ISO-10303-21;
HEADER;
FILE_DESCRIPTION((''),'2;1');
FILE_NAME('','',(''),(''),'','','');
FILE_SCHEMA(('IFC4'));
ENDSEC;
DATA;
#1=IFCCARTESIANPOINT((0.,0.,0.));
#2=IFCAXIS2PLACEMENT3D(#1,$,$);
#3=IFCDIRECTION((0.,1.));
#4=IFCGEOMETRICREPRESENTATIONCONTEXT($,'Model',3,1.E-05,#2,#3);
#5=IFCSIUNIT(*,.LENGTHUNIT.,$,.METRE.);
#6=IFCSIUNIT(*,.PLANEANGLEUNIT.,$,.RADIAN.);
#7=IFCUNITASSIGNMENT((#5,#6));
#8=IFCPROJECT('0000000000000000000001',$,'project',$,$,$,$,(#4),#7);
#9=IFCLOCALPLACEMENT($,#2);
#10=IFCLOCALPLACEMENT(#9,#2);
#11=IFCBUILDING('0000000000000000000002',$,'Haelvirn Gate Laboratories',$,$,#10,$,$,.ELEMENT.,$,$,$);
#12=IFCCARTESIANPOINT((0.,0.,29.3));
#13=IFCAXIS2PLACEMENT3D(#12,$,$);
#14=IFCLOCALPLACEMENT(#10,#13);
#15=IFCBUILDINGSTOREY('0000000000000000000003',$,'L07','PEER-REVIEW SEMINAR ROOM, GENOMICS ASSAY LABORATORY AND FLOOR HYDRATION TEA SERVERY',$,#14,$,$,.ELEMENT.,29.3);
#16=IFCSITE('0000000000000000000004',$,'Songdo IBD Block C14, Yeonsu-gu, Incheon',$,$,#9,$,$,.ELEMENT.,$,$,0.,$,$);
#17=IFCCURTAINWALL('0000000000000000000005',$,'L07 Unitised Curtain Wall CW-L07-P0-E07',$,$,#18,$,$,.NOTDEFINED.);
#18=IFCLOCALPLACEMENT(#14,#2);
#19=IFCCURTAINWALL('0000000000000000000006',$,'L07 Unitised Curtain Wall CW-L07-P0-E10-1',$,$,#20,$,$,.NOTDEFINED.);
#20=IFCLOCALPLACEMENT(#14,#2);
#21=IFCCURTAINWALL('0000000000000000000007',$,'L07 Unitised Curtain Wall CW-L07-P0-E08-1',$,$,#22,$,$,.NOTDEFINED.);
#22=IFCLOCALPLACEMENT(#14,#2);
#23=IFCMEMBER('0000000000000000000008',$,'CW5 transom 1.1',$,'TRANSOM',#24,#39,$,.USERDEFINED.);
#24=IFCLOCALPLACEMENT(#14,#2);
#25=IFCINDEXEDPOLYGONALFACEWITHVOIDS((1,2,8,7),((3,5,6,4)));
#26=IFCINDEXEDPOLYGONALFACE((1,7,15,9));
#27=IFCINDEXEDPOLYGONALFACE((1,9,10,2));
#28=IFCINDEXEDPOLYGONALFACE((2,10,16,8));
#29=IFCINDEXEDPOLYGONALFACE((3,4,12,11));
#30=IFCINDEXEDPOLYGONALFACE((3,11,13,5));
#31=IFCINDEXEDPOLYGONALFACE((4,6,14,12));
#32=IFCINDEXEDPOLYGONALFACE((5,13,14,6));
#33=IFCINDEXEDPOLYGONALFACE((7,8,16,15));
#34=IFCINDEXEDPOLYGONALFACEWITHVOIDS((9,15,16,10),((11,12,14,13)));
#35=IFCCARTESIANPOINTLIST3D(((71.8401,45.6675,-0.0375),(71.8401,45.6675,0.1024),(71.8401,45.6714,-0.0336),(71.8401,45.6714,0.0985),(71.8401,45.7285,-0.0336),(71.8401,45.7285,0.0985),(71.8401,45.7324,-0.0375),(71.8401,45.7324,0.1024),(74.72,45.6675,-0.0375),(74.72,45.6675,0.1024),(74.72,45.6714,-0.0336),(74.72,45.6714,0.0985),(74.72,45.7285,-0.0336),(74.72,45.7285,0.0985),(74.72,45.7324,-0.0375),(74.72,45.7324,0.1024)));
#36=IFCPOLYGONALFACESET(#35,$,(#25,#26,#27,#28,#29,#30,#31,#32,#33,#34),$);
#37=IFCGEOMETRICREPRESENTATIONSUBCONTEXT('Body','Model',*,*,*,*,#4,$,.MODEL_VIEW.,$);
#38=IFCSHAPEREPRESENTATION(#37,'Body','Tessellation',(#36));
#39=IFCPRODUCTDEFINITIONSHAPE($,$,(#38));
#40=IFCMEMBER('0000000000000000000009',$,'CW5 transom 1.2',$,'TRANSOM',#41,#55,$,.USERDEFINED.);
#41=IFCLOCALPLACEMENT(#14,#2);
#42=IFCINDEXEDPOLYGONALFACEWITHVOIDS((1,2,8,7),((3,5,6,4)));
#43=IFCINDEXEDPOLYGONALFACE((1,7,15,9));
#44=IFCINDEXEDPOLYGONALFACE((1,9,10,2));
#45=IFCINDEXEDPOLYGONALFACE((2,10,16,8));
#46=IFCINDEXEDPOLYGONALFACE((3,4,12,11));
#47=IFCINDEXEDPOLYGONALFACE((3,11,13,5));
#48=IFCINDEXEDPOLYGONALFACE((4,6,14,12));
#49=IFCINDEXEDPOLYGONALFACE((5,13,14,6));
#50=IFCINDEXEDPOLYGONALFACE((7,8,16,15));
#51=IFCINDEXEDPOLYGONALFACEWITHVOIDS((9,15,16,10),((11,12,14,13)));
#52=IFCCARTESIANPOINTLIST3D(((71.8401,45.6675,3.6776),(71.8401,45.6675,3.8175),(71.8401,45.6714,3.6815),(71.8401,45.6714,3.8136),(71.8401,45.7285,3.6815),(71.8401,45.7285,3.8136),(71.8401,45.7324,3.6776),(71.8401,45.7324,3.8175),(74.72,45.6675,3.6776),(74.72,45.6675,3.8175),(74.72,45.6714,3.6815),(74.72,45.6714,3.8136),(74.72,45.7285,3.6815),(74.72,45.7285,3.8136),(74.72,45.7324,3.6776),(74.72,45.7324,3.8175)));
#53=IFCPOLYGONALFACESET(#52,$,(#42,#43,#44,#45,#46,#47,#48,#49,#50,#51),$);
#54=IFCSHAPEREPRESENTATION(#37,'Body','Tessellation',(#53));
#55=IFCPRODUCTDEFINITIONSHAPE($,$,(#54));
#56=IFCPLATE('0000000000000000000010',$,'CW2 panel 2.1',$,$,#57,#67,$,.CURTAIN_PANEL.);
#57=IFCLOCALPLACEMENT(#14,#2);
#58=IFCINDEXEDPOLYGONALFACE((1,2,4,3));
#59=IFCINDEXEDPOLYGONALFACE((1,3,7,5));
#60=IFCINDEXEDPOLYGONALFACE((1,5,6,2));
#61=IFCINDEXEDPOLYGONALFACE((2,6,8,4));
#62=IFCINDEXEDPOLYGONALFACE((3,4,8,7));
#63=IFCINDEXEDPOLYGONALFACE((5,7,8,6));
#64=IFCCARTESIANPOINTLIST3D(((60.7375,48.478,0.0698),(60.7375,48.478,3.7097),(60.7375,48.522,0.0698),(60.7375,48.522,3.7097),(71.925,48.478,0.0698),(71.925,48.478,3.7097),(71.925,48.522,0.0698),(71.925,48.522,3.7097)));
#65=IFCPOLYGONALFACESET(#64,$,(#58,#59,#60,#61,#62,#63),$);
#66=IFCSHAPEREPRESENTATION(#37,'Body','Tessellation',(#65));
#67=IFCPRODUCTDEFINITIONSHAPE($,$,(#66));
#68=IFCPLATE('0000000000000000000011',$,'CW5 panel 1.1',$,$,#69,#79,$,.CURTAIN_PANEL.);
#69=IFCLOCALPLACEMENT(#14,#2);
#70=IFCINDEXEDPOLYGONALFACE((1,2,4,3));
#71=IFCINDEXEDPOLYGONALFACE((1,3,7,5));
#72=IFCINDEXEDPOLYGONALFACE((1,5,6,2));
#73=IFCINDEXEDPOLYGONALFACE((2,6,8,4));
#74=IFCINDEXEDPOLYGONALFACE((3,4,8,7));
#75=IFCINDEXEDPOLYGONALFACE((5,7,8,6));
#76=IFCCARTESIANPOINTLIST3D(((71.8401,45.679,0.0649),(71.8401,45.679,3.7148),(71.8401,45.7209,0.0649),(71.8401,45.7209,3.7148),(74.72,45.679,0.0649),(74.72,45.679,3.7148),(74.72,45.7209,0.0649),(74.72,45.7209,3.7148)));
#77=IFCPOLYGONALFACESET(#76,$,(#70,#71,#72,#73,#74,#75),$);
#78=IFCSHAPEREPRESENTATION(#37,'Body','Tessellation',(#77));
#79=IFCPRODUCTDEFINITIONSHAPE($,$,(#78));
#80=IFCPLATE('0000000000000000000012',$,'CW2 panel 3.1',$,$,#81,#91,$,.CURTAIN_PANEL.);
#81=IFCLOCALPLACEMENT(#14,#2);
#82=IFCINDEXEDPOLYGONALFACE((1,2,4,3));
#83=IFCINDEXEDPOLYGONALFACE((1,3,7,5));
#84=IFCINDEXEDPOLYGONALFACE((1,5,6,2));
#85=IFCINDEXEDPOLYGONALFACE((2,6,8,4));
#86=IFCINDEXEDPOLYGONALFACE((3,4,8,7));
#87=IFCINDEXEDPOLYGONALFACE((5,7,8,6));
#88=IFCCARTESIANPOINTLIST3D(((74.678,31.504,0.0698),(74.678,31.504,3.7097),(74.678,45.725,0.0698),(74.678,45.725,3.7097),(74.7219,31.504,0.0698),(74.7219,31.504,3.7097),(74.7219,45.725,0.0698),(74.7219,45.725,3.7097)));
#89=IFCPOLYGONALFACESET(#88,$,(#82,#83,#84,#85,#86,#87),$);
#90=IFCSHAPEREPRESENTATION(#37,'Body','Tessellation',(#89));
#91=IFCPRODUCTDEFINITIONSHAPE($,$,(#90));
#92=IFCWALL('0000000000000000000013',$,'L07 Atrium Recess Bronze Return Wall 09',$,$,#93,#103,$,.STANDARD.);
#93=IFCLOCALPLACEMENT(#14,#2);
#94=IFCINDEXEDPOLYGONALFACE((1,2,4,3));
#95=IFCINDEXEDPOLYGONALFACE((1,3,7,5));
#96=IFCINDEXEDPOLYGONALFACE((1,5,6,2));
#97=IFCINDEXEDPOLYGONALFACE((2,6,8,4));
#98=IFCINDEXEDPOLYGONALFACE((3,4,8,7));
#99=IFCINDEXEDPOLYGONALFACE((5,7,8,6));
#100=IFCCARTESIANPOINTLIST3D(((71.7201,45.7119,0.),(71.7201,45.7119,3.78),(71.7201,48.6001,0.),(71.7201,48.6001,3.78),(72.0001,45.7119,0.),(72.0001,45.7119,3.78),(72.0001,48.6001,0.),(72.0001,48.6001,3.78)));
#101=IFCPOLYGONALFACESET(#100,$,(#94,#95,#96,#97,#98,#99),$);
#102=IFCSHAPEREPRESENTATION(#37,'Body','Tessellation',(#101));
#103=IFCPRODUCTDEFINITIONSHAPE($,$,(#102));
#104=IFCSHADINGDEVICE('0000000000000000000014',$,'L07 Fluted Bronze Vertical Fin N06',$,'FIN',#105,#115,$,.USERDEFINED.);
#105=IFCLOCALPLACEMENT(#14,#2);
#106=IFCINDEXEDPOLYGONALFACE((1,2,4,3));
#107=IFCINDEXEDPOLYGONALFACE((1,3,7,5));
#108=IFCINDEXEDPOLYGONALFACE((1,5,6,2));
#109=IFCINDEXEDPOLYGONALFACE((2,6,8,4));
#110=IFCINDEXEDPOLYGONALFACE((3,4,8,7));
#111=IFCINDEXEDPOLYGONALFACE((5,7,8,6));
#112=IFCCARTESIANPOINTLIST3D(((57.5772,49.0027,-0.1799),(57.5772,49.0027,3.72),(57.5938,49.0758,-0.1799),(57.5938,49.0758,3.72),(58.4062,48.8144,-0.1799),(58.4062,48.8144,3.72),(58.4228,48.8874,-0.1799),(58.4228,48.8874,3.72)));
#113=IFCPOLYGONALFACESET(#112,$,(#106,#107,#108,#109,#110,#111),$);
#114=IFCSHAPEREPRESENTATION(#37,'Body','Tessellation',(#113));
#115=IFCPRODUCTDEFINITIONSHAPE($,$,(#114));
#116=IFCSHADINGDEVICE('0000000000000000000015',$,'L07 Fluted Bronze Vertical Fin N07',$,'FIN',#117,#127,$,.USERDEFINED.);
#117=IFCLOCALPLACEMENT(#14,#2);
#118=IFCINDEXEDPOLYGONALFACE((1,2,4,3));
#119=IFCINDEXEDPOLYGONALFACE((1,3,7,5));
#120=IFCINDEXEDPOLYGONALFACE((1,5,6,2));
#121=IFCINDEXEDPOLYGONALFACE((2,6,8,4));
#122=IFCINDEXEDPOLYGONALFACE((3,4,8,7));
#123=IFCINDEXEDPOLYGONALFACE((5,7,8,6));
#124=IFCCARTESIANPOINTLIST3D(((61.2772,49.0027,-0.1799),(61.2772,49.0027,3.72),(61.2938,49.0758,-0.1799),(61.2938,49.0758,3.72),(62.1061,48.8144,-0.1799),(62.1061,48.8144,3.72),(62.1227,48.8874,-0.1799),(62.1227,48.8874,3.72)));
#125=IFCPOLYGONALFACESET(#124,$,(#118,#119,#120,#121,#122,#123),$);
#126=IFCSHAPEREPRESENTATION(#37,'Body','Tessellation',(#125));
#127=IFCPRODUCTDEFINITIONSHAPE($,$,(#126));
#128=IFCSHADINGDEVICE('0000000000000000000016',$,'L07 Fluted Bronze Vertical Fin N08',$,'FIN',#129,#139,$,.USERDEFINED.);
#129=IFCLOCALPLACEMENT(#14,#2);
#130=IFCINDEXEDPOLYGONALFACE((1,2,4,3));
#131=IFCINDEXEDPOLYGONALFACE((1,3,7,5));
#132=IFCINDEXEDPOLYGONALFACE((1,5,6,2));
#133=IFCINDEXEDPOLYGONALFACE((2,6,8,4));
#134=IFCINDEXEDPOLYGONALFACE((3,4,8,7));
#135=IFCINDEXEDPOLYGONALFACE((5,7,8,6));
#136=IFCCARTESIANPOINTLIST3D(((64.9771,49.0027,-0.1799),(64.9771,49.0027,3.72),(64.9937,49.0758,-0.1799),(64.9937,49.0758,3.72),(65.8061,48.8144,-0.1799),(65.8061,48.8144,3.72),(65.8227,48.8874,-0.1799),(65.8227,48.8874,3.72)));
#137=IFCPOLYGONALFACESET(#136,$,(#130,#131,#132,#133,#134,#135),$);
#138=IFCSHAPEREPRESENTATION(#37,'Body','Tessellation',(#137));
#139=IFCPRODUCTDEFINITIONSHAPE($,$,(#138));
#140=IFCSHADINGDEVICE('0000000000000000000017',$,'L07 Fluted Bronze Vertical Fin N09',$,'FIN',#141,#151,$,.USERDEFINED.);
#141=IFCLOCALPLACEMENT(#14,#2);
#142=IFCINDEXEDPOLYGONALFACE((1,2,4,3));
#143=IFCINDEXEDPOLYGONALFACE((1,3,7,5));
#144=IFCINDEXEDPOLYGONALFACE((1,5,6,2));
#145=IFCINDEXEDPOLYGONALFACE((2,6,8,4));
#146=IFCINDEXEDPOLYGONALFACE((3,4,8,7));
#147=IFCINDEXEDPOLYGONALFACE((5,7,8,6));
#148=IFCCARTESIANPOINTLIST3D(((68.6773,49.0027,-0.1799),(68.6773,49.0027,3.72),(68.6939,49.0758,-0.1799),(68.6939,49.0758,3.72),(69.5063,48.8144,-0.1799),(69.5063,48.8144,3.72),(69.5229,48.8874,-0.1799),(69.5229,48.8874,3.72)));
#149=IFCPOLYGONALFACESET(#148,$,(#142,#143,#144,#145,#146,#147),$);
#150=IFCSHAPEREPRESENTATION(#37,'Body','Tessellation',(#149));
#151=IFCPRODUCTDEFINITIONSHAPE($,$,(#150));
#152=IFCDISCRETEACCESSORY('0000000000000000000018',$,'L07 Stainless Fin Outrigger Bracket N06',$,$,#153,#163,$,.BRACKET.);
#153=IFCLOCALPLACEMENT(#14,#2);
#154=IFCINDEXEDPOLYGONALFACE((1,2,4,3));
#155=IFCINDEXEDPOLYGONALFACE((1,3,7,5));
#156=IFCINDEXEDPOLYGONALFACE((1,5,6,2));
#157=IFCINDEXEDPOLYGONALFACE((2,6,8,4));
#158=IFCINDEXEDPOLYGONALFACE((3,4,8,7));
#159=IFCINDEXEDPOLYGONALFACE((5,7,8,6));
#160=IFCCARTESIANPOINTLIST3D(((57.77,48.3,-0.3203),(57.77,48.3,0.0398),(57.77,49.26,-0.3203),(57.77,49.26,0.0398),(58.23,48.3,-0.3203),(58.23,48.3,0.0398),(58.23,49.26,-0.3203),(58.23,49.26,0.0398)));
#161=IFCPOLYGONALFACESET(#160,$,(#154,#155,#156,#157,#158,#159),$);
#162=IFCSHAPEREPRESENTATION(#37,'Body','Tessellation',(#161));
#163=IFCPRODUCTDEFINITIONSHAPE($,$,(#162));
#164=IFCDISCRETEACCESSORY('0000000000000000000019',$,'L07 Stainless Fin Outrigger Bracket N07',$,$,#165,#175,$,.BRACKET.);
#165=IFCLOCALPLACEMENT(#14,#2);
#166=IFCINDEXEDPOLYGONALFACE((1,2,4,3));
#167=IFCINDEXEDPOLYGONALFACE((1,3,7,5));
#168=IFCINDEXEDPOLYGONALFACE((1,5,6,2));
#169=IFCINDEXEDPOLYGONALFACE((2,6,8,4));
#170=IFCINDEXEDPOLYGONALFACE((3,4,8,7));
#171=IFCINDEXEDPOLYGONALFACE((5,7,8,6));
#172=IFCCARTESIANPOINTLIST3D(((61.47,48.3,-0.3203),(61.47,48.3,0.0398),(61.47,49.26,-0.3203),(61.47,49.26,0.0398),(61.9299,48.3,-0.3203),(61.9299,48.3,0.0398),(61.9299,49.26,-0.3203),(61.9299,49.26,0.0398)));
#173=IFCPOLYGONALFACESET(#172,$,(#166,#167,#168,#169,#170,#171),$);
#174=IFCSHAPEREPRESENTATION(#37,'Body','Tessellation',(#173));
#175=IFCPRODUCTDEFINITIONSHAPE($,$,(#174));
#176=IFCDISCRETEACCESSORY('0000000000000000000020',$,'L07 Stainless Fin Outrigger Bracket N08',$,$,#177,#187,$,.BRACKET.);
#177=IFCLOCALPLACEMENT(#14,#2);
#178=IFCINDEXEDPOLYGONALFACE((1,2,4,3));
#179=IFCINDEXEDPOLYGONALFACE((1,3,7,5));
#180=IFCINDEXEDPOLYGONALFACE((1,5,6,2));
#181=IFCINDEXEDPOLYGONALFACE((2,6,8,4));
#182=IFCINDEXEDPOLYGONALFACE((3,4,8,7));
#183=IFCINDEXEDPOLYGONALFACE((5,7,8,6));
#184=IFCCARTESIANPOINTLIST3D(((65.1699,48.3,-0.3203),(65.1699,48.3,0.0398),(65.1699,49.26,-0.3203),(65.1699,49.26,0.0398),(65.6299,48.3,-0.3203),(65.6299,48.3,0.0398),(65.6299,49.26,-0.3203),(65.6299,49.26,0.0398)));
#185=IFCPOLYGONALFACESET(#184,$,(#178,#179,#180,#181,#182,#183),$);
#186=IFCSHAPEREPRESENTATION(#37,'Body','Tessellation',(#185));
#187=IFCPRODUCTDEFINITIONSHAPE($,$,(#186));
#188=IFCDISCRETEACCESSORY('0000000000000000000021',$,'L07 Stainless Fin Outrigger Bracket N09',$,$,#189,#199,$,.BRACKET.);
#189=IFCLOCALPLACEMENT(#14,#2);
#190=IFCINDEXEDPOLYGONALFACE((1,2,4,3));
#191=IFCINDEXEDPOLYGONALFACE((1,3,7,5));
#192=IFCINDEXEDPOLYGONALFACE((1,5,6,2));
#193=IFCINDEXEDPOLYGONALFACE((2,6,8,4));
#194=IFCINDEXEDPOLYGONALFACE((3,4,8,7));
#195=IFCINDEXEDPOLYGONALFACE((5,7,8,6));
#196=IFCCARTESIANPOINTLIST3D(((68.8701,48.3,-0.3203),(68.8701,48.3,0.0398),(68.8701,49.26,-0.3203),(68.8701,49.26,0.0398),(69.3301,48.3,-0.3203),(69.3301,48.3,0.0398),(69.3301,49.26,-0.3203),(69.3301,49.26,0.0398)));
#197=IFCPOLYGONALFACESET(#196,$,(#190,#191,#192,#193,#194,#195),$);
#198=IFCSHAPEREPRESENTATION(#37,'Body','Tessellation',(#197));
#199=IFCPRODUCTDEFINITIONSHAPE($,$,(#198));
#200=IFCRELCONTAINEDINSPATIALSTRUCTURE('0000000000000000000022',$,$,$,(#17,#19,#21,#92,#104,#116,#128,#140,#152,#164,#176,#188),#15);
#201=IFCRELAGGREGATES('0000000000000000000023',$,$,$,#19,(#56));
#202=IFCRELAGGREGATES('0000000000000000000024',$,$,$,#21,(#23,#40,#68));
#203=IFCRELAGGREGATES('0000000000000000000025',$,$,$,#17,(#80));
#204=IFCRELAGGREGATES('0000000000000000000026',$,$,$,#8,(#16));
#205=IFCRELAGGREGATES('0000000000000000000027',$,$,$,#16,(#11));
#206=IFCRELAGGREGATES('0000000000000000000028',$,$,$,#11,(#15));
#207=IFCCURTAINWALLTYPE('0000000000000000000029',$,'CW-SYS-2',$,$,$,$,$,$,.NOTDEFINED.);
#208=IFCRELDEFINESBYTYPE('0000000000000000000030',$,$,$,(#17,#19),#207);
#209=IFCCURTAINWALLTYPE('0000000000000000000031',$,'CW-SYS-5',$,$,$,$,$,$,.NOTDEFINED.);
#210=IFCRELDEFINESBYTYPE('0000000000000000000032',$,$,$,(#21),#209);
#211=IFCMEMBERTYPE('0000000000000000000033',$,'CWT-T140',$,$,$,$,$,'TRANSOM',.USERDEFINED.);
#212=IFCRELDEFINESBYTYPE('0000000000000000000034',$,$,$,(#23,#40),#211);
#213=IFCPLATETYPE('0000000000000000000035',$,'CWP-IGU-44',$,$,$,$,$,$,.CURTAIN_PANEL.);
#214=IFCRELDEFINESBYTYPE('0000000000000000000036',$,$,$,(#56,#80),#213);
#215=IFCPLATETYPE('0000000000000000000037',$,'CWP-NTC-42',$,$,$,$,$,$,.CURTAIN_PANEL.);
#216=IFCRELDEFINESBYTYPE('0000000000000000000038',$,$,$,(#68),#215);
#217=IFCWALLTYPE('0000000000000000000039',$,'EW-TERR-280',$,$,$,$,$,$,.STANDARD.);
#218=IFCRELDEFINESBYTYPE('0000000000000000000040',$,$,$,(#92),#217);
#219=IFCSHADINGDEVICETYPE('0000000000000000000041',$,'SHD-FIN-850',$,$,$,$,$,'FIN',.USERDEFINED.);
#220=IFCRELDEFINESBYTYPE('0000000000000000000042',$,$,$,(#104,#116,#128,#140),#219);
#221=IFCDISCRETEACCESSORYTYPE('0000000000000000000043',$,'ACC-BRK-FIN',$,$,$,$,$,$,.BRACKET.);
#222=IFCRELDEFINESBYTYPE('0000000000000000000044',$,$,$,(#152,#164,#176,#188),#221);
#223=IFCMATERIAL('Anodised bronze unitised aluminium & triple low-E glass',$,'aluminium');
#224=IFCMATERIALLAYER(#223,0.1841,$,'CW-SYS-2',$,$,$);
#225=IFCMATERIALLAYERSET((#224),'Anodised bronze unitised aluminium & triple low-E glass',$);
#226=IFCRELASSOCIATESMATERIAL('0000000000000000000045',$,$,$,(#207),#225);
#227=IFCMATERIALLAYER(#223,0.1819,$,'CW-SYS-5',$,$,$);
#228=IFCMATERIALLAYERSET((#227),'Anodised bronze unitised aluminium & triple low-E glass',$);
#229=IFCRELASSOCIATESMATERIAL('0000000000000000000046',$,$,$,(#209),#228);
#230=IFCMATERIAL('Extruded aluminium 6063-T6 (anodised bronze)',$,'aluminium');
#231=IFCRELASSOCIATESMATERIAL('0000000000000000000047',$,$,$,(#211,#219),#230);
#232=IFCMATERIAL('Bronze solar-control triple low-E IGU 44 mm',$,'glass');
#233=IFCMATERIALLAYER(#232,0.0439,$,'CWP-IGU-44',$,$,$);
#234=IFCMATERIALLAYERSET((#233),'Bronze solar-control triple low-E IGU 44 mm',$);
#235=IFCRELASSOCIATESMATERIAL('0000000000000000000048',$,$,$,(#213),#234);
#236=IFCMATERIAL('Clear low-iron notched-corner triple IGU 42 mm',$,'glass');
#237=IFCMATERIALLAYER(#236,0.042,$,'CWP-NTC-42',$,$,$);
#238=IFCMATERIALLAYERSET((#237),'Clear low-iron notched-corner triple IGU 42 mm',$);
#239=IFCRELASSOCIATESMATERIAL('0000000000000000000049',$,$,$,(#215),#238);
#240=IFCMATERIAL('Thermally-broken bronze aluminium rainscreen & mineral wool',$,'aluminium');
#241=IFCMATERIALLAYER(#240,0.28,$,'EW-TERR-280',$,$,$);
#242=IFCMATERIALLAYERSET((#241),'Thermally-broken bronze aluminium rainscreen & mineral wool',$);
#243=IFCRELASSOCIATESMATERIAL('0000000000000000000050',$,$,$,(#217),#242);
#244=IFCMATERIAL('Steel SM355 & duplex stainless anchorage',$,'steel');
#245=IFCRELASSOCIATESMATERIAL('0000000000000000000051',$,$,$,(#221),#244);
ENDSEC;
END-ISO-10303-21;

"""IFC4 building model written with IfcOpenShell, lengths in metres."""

from ifc_helpers import new_model, si_unit, direction, frame, frame_2d, origin, origin_2d, place, context, subcontext, project, spatial, rectangle, hollow_rectangle, extrude, source, transform, mapped, material, layer, layer_set, material_profile, profile_set, type_object, type_shapes, element, aggregate, save


model = new_model("IFC4")

# Units and contexts
model_context = context("Model", 3, precision=1e-05, world=origin(), true_north=direction((0.0, 1.0)))
body_context = subcontext(model_context, "Body", "Model", "MODEL_VIEW")
ifc_project = project(units=[si_unit("LENGTHUNIT", "METRE"), si_unit("PLANEANGLEUNIT", "RADIAN")], contexts=[model_context])

# Site, building, storey
site_placement = place(None, origin())
site = spatial("IfcSite", under=ifc_project, at=site_placement, Name="Songdo IBD Block C14, Yeonsu-gu, Incheon", CompositionType="ELEMENT", RefElevation=0.0)
building_placement = place(site_placement, origin())
building = spatial("IfcBuilding", under=site, at=building_placement, Name="Haelvirn Gate Laboratories", CompositionType="ELEMENT")
storey_placement = place(building_placement, frame((0.0, 0.0, 29.3)))
storey = spatial("IfcBuildingStorey", under=building, at=storey_placement, Name="L07", Description="PEER-REVIEW SEMINAR ROOM, GENOMICS ASSAY LABORATORY AND FLOOR HYDRATION TEA SERVERY", CompositionType="ELEMENT", Elevation=29.3)

# Curtain wall
ifc_material_1 = material(Name="Anodised bronze unitised aluminium & triple low-E glass", Category="aluminium")
ifc_layer_1 = layer(ifc_material_1, 0.1841, Name="CW-SYS-2")
ifc_layer_set_1 = layer_set([ifc_layer_1], Name="Anodised bronze unitised aluminium & triple low-E glass")
curtain_wall_type_1 = type_object("IfcCurtainWallType", Name="CW-SYS-2", PredefinedType="NOTDEFINED", material=ifc_layer_set_1)
curtain_wall_1_placement = place(storey_placement, origin())
curtain_wall_1 = element("IfcCurtainWall", 1, at=curtain_wall_1_placement, inside=storey, type_object=curtain_wall_type_1, Name="L07 Unitised Curtain Wall CW-L07-P0-E07", PredefinedType="NOTDEFINED")
ifc_material_2 = material(Name="Extruded aluminium 6063-T6 (anodised bronze)", Category="aluminium")

# Curtain walls, members
curtain_wall_2_placement = place(storey_placement, origin())
curtain_wall_2 = element("IfcCurtainWall", 2, at=curtain_wall_2_placement, inside=storey, type_object=curtain_wall_type_1, Name="L07 Unitised Curtain Wall CW-L07-P0-E10-1", PredefinedType="NOTDEFINED")
ifc_layer_2 = layer(ifc_material_1, 0.1819, Name="CW-SYS-5")
ifc_layer_set_2 = layer_set([ifc_layer_2], Name="Anodised bronze unitised aluminium & triple low-E glass")
curtain_wall_type_2 = type_object("IfcCurtainWallType", Name="CW-SYS-5", PredefinedType="NOTDEFINED", material=ifc_layer_set_2)
curtain_wall_3_placement = place(storey_placement, origin())
curtain_wall_3 = element("IfcCurtainWall", 3, at=curtain_wall_3_placement, inside=storey, type_object=curtain_wall_type_2, Name="L07 Unitised Curtain Wall CW-L07-P0-E08-1", PredefinedType="NOTDEFINED")
ifc_material_profile_1 = material_profile(ifc_material_2, hollow_rectangle(XDim=0.0649, YDim=0.1399, WallThickness=0.0039, at=origin_2d()), Name="CWT-140x65x4")
ifc_profile_set_1 = profile_set([ifc_material_profile_1], Name="Extruded aluminium 6063-T6 (anodised bronze)")
member_type_1 = type_object("IfcMemberType", Name="CWT-T140", ElementType="TRANSOM", PredefinedType="USERDEFINED", material=ifc_profile_set_1)
shared_shape_1 = source(origin(), body_context, "Body", "SweptSolid", [
    extrude(hollow_rectangle(XDim=0.0649, YDim=0.1399, WallThickness=0.0039, at=origin_2d()), origin(), (0.0, 0.0, 1.0), 2.8799),
])
type_shapes(member_type_1, [shared_shape_1])
member_1_placement = place(storey_placement, frame((71.8401, 45.7, 0.0325), z_axis=(1.0, 0.0, 0.0), x_axis=(0.0, 1.0, 0.0)))
member_1 = element("IfcMember", 4, at=member_1_placement, type_object=member_type_1, Name="CW5 transom 1.1", ObjectType="TRANSOM", PredefinedType="USERDEFINED", context=body_context, shape_type="MappedRepresentation", body=[
    mapped(shared_shape_1, transform((0.0, 0.0, 0.0), scale=1.0)),
])
member_2_placement = place(storey_placement, frame((71.8401, 45.7, 3.7476), z_axis=(1.0, 0.0, 0.0), x_axis=(0.0, 1.0, 0.0)))
member_2 = element("IfcMember", 5, at=member_2_placement, type_object=member_type_1, Name="CW5 transom 1.2", ObjectType="TRANSOM", PredefinedType="USERDEFINED", context=body_context, shape_type="MappedRepresentation", body=[
    mapped(shared_shape_1, transform((0.0, 0.0, 0.0), scale=1.0)),
])

# Plates
ifc_material_3 = material(Name="Bronze solar-control triple low-E IGU 44 mm", Category="glass")
ifc_layer_3 = layer(ifc_material_3, 0.0439, Name="CWP-IGU-44")
ifc_layer_set_3 = layer_set([ifc_layer_3], Name="Bronze solar-control triple low-E IGU 44 mm")
plate_type_1 = type_object("IfcPlateType", Name="CWP-IGU-44", PredefinedType="CURTAIN_PANEL", material=ifc_layer_set_3)
shared_shape_2 = source(origin(), body_context, "Body", "SweptSolid", [
    extrude(rectangle(XDim=11.1875, YDim=0.0439, at=origin_2d()), origin(), (0.0, 0.0, 1.0), 3.6399),
])
plate_1_placement = place(storey_placement, frame((66.3313, 48.5, 0.0698), z_axis=(0.0, 0.0, 1.0), x_axis=(1.0, 0.0, 0.0)))
plate_1 = element("IfcPlate", 6, at=plate_1_placement, type_object=plate_type_1, Name="CW2 panel 2.1", PredefinedType="CURTAIN_PANEL", context=body_context, shape_type="MappedRepresentation", body=[
    mapped(shared_shape_2, transform((0.0, 0.0, 0.0), scale=1.0)),
])
aggregate(curtain_wall_2, [plate_1])
ifc_material_4 = material(Name="Clear low-iron notched-corner triple IGU 42 mm", Category="glass")
ifc_layer_4 = layer(ifc_material_4, 0.042, Name="CWP-NTC-42")
ifc_layer_set_4 = layer_set([ifc_layer_4], Name="Clear low-iron notched-corner triple IGU 42 mm")
plate_type_2 = type_object("IfcPlateType", Name="CWP-NTC-42", PredefinedType="CURTAIN_PANEL", material=ifc_layer_set_4)
shared_shape_3 = source(origin(), body_context, "Body", "SweptSolid", [
    extrude(rectangle(XDim=2.8799, YDim=0.042, at=origin_2d()), origin(), (0.0, 0.0, 1.0), 3.6499),
])
type_shapes(plate_type_2, [shared_shape_3])
plate_2_placement = place(storey_placement, frame((73.28, 45.7, 0.0649), z_axis=(0.0, 0.0, 1.0), x_axis=(1.0, 0.0, 0.0)))
plate_2 = element("IfcPlate", 7, at=plate_2_placement, type_object=plate_type_2, Name="CW5 panel 1.1", PredefinedType="CURTAIN_PANEL", context=body_context, shape_type="MappedRepresentation", body=[
    mapped(shared_shape_3, transform((0.0, 0.0, 0.0), scale=1.0)),
])
aggregate(curtain_wall_3, [member_1, member_2, plate_2])
shared_shape_4 = source(origin(), body_context, "Body", "SweptSolid", [
    extrude(rectangle(XDim=14.2209, YDim=0.0439, at=origin_2d()), origin(), (0.0, 0.0, 1.0), 3.6399),
])
type_shapes(plate_type_1, [shared_shape_2, shared_shape_4])
plate_3_placement = place(storey_placement, frame((74.7, 38.6145, 0.0698), z_axis=(0.0, 0.0, 1.0), x_axis=(0.0, 1.0, 0.0)))
plate_3 = element("IfcPlate", 8, at=plate_3_placement, type_object=plate_type_1, Name="CW2 panel 3.1", PredefinedType="CURTAIN_PANEL", context=body_context, shape_type="MappedRepresentation", body=[
    mapped(shared_shape_4, transform((0.0, 0.0, 0.0), scale=1.0)),
])
aggregate(curtain_wall_1, [plate_3])

# Wall
ifc_material_5 = material(Name="Thermally-broken bronze aluminium rainscreen & mineral wool", Category="aluminium")
ifc_layer_5 = layer(ifc_material_5, 0.28, Name="EW-TERR-280")
ifc_layer_set_5 = layer_set([ifc_layer_5], Name="Thermally-broken bronze aluminium rainscreen & mineral wool")
wall_type = type_object("IfcWallType", Name="EW-TERR-280", PredefinedType="STANDARD", material=ifc_layer_set_5)
wall_placement = place(storey_placement, frame((71.8601, 45.7119, 0.0), z_axis=(0.0, 0.0, 1.0), x_axis=(0.0, 1.0, 0.0)))
element("IfcWall", 9, at=wall_placement, inside=storey, type_object=wall_type, Name="L07 Atrium Recess Bronze Return Wall 09", PredefinedType="STANDARD", context=body_context, shape_type="SweptSolid", body=[
    extrude(rectangle(XDim=2.8882, YDim=0.28, at=frame_2d((1.4441, 0.0))), origin(), (0.0, 0.0, 1.0), 3.78),
])

# Shading devices
ifc_material_profile_2 = material_profile(ifc_material_2, rectangle(XDim=0.075, YDim=0.8501, at=origin_2d()), Name="FIN-850x75")
ifc_profile_set_2 = profile_set([ifc_material_profile_2], Name="Extruded aluminium 6063-T6 (anodised bronze)")
shading_device_type = type_object("IfcShadingDeviceType", Name="SHD-FIN-850", ElementType="FIN", PredefinedType="USERDEFINED", material=ifc_profile_set_2)
shared_shape_5 = source(origin(), body_context, "Body", "SweptSolid", [
    extrude(rectangle(XDim=0.075, YDim=0.8501, at=origin_2d()), origin(), (0.0, 0.0, 1.0), 3.8999),
])
type_shapes(shading_device_type, [shared_shape_5])
for number, where, z_axis, x_axis, name in (
    (10, (58.0, 48.9451, -0.1799), (0.0, 0.0, 1.0), (0.221548, 0.975149, 0.0), "L07 Fluted Bronze Vertical Fin N06"),
    (11, (61.7, 48.9451, -0.1799), (0.0, 0.0, 1.0), (0.221548, 0.975149, 0.0), "L07 Fluted Bronze Vertical Fin N07"),
    (12, (65.3999, 48.9451, -0.1799), (0.0, 0.0, 1.0), (0.221548, 0.975149, 0.0), "L07 Fluted Bronze Vertical Fin N08"),
    (13, (69.1001, 48.9451, -0.1799), (0.0, 0.0, 1.0), (0.221548, 0.975149, 0.0), "L07 Fluted Bronze Vertical Fin N09"),
):
    element("IfcShadingDevice", number, at=place(storey_placement, frame(where, z_axis=z_axis, x_axis=x_axis)), inside=storey, type_object=shading_device_type, Name=name, ObjectType="FIN", PredefinedType="USERDEFINED", context=body_context, shape_type="MappedRepresentation", body=[
        mapped(shared_shape_5, transform((0.0, 0.0, 0.0), scale=1.0)),
    ])

# Discrete accessories
ifc_material_6 = material(Name="Steel SM355 & duplex stainless anchorage", Category="steel")
discrete_accessory_type = type_object("IfcDiscreteAccessoryType", Name="ACC-BRK-FIN", PredefinedType="BRACKET", material=ifc_material_6)
shared_shape_6 = source(origin(), body_context, "Body", "SweptSolid", [
    extrude(rectangle(XDim=0.46, YDim=0.96, at=origin_2d()), origin(), (0.0, 0.0, 1.0), 0.3601),
])
type_shapes(discrete_accessory_type, [shared_shape_6])
for number, where, z_axis, x_axis, name in (
    (14, (58.0, 48.78, -0.3203), (0.0, 0.0, 1.0), (1.0, 0.0, 0.0), "L07 Stainless Fin Outrigger Bracket N06"),
    (15, (61.7, 48.78, -0.3203), (0.0, 0.0, 1.0), (1.0, 0.0, 0.0), "L07 Stainless Fin Outrigger Bracket N07"),
    (16, (65.3999, 48.78, -0.3203), (0.0, 0.0, 1.0), (1.0, 0.0, 0.0), "L07 Stainless Fin Outrigger Bracket N08"),
    (17, (69.1001, 48.78, -0.3203), (0.0, 0.0, 1.0), (1.0, 0.0, 0.0), "L07 Stainless Fin Outrigger Bracket N09"),
):
    element("IfcDiscreteAccessory", number, at=place(storey_placement, frame(where, z_axis=z_axis, x_axis=x_axis)), inside=storey, type_object=discrete_accessory_type, Name=name, PredefinedType="BRACKET", context=body_context, shape_type="MappedRepresentation", body=[
        mapped(shared_shape_6, transform((0.0, 0.0, 0.0), scale=1.0)),
    ])

save(model, "model.ifc")
